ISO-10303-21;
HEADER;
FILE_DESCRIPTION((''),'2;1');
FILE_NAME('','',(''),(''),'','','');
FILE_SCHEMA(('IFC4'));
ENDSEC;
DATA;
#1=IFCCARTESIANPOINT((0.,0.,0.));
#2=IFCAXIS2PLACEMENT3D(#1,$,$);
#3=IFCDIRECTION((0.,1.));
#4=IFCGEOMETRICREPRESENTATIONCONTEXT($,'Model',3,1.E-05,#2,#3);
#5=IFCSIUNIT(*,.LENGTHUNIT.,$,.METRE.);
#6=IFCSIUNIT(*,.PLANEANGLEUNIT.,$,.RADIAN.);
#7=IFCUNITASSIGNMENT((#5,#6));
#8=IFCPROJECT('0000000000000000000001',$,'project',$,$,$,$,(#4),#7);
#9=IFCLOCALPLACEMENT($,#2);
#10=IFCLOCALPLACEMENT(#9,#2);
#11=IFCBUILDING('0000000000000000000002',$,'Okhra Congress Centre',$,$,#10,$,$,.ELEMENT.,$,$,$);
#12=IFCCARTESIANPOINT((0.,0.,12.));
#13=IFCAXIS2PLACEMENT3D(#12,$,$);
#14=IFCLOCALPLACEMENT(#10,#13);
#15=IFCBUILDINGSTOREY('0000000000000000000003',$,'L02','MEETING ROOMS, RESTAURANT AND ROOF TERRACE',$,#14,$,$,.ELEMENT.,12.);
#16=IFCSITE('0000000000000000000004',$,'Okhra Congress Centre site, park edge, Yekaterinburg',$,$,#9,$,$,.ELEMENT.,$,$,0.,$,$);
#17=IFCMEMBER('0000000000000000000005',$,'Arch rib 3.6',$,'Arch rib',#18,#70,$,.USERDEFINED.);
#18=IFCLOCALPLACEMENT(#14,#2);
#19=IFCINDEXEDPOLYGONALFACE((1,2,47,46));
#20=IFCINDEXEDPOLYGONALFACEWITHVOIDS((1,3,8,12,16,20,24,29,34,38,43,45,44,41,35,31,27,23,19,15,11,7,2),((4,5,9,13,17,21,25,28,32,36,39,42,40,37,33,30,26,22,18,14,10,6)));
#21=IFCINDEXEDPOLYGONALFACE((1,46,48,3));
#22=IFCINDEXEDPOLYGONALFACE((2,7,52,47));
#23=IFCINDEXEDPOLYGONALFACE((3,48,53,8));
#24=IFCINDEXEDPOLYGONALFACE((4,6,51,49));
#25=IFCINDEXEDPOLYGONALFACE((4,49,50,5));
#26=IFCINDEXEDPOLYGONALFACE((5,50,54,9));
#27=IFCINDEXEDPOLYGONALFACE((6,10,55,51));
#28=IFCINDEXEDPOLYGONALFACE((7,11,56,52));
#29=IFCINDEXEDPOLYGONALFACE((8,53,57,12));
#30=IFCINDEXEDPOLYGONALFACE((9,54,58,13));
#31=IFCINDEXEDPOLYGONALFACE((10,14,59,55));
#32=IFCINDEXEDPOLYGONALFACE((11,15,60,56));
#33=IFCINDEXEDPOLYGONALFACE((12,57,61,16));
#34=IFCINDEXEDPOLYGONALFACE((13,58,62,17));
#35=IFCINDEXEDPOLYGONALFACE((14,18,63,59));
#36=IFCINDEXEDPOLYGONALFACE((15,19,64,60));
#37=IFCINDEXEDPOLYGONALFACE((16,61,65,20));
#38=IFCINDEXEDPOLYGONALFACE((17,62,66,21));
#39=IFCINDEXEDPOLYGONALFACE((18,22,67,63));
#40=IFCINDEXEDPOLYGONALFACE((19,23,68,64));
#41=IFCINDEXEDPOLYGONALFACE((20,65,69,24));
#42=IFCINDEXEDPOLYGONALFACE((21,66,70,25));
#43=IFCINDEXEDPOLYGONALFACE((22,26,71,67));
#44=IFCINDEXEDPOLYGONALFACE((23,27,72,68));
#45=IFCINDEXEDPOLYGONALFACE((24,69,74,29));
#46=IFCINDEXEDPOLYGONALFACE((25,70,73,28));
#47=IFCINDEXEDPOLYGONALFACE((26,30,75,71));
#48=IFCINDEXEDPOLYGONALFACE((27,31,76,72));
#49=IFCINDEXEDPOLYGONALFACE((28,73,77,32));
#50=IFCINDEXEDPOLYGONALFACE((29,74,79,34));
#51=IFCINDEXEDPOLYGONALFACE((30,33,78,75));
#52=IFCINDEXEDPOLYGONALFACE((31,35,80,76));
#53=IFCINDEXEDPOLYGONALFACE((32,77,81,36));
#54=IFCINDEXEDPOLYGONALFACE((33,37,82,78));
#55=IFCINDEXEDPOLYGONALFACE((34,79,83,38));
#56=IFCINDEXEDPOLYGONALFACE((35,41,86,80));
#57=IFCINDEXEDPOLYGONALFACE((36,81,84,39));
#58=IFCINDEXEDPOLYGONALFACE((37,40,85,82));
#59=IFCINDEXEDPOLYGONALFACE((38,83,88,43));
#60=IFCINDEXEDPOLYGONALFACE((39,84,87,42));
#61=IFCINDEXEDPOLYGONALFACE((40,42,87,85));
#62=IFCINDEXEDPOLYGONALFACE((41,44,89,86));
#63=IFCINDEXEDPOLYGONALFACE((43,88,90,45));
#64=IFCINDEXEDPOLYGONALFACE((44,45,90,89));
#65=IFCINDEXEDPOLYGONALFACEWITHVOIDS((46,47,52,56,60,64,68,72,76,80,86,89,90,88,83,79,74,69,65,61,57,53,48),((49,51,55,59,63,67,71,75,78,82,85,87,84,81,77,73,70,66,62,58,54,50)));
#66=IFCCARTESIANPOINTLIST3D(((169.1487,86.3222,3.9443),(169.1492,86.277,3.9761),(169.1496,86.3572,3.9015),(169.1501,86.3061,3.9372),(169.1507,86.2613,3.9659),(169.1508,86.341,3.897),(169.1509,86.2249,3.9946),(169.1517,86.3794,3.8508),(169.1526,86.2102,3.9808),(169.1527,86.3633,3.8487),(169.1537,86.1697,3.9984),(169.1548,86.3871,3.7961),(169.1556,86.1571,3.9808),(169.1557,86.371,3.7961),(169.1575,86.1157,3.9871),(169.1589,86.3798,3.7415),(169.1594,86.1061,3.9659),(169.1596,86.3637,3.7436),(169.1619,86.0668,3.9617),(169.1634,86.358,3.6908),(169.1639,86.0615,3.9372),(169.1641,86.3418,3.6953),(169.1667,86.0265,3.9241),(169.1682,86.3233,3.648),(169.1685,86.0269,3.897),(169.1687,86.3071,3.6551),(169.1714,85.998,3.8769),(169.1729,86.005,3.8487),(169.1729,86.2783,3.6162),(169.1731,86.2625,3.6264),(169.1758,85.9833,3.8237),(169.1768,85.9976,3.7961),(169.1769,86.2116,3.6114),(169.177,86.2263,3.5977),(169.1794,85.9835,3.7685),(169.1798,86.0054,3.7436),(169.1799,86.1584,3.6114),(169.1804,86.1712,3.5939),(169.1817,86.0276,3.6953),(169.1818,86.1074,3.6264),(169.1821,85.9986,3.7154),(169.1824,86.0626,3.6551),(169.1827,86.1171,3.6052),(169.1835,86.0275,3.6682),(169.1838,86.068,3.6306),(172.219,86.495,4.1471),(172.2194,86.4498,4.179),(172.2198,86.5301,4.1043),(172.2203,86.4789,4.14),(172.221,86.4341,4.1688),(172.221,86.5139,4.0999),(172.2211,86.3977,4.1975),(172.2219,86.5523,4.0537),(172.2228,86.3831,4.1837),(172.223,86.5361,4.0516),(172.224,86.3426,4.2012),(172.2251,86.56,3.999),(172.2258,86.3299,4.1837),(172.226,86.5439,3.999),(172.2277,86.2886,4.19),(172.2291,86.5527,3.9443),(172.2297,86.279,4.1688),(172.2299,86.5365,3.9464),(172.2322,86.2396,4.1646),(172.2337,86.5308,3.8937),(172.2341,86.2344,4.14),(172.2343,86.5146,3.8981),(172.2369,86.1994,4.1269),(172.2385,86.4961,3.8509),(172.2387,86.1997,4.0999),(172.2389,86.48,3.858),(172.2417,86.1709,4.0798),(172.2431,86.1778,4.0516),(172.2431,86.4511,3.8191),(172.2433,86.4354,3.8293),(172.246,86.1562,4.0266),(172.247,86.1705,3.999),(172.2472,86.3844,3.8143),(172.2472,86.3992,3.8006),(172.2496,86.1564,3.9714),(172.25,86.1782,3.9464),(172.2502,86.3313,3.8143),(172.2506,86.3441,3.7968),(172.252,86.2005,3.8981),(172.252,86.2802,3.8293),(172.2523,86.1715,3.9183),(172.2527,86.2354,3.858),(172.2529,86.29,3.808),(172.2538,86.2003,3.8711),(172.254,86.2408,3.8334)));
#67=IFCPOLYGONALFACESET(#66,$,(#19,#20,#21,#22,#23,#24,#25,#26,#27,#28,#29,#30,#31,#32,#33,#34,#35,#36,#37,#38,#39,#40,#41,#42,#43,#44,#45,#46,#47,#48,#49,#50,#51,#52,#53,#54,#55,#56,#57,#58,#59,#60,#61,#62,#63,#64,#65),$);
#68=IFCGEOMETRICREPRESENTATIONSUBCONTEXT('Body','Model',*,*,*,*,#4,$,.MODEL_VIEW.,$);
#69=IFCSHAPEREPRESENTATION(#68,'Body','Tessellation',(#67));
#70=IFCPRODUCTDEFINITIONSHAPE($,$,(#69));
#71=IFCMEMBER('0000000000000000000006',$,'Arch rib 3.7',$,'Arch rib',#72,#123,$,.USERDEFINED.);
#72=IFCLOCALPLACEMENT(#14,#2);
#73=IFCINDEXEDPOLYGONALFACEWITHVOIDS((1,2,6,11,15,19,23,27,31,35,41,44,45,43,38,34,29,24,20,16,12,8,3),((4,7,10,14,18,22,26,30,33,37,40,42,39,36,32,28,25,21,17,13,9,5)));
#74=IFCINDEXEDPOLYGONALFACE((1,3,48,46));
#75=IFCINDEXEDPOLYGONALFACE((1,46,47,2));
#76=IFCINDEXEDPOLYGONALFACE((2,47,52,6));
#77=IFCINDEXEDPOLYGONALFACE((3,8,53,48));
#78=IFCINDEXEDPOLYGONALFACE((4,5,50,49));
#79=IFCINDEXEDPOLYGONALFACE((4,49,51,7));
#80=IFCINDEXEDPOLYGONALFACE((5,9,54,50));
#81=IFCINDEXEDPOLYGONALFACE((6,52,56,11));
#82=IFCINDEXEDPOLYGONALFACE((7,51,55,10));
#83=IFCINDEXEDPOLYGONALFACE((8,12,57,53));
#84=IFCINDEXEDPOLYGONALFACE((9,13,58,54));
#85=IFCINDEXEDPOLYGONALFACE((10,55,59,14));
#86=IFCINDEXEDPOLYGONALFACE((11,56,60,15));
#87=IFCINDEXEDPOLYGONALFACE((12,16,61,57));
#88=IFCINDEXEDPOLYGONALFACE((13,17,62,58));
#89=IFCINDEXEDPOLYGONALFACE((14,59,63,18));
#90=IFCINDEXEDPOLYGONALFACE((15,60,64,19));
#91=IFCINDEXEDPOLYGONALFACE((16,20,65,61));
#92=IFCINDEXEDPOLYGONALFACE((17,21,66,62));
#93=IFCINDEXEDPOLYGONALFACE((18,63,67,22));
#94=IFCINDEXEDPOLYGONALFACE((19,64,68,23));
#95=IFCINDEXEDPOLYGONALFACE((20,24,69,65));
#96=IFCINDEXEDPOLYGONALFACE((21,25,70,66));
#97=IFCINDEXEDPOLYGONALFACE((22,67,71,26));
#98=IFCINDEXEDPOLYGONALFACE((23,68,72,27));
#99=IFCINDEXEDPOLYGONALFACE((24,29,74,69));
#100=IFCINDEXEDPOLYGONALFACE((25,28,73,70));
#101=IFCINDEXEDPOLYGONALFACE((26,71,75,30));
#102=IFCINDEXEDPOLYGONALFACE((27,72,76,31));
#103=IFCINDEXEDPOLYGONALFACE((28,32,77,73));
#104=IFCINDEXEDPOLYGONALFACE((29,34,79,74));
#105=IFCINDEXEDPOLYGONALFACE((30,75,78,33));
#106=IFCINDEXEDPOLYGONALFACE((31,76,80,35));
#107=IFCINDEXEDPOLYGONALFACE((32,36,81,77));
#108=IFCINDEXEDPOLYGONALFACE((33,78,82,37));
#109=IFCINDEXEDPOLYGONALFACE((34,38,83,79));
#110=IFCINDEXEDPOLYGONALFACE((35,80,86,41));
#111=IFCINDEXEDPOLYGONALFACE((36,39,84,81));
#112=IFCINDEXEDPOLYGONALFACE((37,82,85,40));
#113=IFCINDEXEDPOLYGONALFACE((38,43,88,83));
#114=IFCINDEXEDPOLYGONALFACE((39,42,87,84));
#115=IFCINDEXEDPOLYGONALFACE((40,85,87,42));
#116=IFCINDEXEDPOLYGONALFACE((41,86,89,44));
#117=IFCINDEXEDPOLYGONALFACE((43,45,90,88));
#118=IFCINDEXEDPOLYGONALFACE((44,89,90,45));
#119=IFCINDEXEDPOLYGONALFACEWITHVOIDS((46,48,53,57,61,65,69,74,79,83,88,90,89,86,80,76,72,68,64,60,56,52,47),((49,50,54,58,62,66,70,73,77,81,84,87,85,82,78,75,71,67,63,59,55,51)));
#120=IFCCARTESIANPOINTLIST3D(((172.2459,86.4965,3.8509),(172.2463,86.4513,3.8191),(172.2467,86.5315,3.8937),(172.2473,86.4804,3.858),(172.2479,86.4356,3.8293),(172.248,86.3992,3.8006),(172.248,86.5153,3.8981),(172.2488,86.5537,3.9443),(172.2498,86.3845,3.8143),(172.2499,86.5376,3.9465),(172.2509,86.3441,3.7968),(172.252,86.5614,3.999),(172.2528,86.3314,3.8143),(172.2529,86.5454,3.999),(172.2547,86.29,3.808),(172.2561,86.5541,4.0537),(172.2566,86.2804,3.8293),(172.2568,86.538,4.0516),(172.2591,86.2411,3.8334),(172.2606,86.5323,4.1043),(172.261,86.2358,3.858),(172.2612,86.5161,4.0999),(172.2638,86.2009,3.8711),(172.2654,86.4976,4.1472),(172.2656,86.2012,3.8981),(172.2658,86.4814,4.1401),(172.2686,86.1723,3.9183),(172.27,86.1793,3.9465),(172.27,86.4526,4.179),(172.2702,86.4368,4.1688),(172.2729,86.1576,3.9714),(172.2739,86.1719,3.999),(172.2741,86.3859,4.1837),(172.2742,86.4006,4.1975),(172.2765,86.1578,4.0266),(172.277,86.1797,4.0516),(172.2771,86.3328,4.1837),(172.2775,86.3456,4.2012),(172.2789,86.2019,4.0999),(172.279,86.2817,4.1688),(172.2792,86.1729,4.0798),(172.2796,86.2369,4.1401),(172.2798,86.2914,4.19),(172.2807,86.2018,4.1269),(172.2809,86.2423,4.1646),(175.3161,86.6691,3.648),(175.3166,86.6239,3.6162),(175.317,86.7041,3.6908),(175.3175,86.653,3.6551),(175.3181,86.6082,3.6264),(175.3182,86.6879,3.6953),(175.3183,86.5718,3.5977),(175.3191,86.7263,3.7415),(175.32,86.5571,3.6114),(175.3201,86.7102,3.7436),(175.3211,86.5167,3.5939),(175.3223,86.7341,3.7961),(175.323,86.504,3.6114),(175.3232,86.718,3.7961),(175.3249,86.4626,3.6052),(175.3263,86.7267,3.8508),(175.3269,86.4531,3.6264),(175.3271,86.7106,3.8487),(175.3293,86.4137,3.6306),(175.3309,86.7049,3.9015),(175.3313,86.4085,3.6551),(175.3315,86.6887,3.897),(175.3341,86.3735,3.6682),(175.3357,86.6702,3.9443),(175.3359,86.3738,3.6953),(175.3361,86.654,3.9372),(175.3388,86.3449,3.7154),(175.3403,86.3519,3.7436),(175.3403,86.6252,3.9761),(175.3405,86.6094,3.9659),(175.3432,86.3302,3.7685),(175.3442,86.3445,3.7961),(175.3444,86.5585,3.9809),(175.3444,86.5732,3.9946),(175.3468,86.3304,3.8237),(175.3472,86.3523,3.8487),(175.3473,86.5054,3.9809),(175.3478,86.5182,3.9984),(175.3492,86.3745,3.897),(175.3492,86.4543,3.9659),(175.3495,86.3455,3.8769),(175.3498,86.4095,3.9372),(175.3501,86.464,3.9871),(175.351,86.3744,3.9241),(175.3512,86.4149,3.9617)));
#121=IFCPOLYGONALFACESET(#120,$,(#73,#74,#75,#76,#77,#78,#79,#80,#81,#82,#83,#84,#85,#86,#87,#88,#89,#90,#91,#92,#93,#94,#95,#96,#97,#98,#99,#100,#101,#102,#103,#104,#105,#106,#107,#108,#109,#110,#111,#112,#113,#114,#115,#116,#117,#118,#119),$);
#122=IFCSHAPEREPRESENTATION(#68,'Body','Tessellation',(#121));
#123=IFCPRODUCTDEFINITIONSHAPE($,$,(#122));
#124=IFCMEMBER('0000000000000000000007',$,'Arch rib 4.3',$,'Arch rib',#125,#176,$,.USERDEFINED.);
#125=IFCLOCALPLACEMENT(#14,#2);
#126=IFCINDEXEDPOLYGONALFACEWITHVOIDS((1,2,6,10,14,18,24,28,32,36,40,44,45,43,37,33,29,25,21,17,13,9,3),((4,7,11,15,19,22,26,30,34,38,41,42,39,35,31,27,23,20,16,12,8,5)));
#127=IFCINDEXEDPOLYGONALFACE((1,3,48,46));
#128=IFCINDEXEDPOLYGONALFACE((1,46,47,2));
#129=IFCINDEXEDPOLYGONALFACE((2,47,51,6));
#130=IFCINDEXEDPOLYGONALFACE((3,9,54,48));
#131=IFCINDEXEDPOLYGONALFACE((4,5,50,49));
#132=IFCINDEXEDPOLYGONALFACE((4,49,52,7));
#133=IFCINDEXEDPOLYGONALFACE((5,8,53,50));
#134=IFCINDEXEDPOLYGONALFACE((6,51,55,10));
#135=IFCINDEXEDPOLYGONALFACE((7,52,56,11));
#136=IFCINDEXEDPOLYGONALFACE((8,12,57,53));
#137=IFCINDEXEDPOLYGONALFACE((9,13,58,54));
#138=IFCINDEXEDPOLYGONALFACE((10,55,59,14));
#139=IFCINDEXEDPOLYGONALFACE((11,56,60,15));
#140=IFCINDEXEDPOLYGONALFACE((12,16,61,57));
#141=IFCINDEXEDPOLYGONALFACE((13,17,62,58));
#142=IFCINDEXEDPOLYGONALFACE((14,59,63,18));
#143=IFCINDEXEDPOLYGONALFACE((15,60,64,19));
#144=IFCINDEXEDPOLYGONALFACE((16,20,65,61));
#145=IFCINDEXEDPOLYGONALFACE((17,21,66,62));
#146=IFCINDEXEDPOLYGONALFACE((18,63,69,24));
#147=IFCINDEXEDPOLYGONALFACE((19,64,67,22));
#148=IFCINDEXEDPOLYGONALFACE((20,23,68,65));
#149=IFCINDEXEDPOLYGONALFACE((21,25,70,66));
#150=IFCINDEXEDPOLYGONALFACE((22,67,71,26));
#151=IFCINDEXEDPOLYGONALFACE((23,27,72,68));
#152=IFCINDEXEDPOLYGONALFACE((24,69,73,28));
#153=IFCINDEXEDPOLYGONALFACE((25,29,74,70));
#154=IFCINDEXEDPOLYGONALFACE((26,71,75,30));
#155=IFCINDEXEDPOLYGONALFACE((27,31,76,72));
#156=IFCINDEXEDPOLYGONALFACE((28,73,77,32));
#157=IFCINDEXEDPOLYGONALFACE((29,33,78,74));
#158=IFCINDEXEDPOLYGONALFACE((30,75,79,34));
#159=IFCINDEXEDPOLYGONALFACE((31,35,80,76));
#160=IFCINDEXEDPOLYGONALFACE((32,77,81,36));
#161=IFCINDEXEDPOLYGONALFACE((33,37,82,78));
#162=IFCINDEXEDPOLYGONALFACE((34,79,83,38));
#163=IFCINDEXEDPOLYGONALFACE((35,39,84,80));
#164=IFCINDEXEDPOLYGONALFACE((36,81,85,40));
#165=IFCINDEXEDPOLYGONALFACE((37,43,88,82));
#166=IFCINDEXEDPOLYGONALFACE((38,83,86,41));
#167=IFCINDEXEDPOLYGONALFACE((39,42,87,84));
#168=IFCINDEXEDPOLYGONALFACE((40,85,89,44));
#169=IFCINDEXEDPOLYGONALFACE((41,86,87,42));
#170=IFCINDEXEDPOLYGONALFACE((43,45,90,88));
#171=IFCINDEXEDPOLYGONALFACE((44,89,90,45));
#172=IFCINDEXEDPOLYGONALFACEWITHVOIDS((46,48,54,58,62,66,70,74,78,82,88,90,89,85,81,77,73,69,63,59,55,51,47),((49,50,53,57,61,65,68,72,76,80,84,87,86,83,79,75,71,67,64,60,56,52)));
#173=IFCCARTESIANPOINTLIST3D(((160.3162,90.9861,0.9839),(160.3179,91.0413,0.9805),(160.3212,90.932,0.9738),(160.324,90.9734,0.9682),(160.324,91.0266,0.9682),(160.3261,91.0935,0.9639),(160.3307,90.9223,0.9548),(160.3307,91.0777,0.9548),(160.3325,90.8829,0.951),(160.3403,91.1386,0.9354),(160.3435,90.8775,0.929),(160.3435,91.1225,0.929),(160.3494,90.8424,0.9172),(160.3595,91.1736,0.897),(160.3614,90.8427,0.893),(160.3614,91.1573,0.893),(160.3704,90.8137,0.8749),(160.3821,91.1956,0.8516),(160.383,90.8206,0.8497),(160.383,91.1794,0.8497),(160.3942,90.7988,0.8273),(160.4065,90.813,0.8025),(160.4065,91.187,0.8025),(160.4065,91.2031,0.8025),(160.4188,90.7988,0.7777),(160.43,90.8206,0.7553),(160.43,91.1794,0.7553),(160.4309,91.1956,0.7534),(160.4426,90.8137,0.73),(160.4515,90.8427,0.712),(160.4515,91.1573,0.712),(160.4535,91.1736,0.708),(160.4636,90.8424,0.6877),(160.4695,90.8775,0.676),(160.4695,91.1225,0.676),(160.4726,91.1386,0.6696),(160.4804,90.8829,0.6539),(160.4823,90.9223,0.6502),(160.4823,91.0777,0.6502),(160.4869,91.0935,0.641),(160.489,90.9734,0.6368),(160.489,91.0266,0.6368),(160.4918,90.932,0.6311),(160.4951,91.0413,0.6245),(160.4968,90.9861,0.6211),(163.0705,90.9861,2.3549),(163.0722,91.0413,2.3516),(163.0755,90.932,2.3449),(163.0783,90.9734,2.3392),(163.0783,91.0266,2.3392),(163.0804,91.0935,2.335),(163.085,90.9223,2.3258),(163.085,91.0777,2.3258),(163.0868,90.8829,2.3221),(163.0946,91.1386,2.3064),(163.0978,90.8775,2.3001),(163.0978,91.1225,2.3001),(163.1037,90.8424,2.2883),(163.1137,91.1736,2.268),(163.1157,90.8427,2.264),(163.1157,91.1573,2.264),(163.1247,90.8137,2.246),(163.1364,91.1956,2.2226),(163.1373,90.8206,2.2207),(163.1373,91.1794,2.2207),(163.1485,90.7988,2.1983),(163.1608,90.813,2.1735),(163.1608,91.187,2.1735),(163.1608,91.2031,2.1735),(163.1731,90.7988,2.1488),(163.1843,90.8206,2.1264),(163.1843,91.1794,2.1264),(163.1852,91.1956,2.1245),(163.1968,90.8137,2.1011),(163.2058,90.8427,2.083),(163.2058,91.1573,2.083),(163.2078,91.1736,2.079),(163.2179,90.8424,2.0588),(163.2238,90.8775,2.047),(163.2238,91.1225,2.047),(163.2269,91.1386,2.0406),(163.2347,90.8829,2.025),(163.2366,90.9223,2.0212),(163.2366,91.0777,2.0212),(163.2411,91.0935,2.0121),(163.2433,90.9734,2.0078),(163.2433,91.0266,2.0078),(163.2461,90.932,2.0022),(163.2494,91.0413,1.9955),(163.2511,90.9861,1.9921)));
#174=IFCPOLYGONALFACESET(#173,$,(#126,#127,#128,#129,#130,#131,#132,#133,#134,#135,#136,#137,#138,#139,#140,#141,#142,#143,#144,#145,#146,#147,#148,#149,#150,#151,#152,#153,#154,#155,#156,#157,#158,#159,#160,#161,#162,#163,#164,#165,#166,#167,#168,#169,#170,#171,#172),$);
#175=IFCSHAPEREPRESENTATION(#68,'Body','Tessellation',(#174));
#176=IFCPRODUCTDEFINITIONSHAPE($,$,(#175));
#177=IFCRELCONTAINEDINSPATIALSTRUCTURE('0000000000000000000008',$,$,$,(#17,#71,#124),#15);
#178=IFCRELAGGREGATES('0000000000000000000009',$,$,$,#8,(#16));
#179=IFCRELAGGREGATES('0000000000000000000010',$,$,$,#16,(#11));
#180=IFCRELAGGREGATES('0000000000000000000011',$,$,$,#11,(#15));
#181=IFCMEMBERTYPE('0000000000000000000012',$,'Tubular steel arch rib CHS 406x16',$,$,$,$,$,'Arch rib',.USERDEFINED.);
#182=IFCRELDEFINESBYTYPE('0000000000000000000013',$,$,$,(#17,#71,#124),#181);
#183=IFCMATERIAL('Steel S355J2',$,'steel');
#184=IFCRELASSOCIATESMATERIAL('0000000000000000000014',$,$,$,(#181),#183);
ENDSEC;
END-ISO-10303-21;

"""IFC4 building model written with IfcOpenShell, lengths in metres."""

from ifc_helpers import new_model, si_unit, direction, frame, origin, origin_2d, place, context, subcontext, project, spatial, hollow_circle, extrude, material, material_profile, profile_set, type_object, element, save


model = new_model("IFC4")

# Units and contexts
model_context = context("Model", 3, precision=1e-05, world=origin(), true_north=direction((0.0, 1.0)))
body_context = subcontext(model_context, "Body", "Model", "MODEL_VIEW")
ifc_project = project(units=[si_unit("LENGTHUNIT", "METRE"), si_unit("PLANEANGLEUNIT", "RADIAN")], contexts=[model_context])

# Site, building, storey
site_placement = place(None, origin())
site = spatial("IfcSite", under=ifc_project, at=site_placement, Name="Okhra Congress Centre site, park edge, Yekaterinburg", CompositionType="ELEMENT", RefElevation=0.0)
building_placement = place(site_placement, origin())
building = spatial("IfcBuilding", under=site, at=building_placement, Name="Okhra Congress Centre", CompositionType="ELEMENT")
storey_placement = place(building_placement, frame((0.0, 0.0, 12.0)))
storey = spatial("IfcBuildingStorey", under=building, at=storey_placement, Name="L02", Description="MEETING ROOMS, RESTAURANT AND ROOF TERRACE", CompositionType="ELEMENT", Elevation=12.0)

# Members
ifc_material_1 = material(Name="Steel S355J2", Category="steel")
ifc_material_profile_1 = material_profile(ifc_material_1, hollow_circle(Radius=0.2031, WallThickness=0.0161, at=origin_2d()), Name="CHS 406.4x16")
ifc_profile_set_1 = profile_set([ifc_material_profile_1], Name="Steel S355J2")
member_type_1 = type_object("IfcMemberType", Name="Tubular steel arch rib CHS 406x16", ElementType="Arch rib", PredefinedType="USERDEFINED", material=ifc_profile_set_1)
for number, where, z_axis, x_axis, name in (
    (1, (169.1663, 86.1843, 3.7961), (0.996253, 0.056087, 0.065831), (-0.056209, 0.998419, 0.0), "Arch rib 3.6"),
    (2, (172.2634, 86.3586, 3.999), (0.996258, 0.056008, -0.065831), (-0.05613, 0.998423, 0.0), "Arch rib 3.7"),
):
    element("IfcMember", number, at=place(storey_placement, frame(where, z_axis=z_axis, x_axis=x_axis)), inside=storey, type_object=member_type_1, Name=name, ObjectType="Arch rib", PredefinedType="USERDEFINED", context=body_context, shape_type="SweptSolid", body=[
        extrude(hollow_circle(Radius=0.2031, WallThickness=0.0161, at=origin_2d()), origin(), (0.0, 0.0, 1.0), 3.0818),
    ])
for number, where, z_axis, x_axis, name in (
    (3, (160.4065, 91.0, 0.8025), (0.895219, 0.0, 0.445626), (0.0, 1.0, 0.0), "Arch rib 4.3"),
):
    element("IfcMember", number, at=place(storey_placement, frame(where, z_axis=z_axis, x_axis=x_axis)), inside=storey, type_object=member_type_1, Name=name, ObjectType="Arch rib", PredefinedType="USERDEFINED", context=body_context, shape_type="SweptSolid", body=[
        extrude(hollow_circle(Radius=0.2031, WallThickness=0.0161, at=origin_2d()), origin(), (0.0, 0.0, 1.0), 3.0767),
    ])

save(model, "model.ifc")
